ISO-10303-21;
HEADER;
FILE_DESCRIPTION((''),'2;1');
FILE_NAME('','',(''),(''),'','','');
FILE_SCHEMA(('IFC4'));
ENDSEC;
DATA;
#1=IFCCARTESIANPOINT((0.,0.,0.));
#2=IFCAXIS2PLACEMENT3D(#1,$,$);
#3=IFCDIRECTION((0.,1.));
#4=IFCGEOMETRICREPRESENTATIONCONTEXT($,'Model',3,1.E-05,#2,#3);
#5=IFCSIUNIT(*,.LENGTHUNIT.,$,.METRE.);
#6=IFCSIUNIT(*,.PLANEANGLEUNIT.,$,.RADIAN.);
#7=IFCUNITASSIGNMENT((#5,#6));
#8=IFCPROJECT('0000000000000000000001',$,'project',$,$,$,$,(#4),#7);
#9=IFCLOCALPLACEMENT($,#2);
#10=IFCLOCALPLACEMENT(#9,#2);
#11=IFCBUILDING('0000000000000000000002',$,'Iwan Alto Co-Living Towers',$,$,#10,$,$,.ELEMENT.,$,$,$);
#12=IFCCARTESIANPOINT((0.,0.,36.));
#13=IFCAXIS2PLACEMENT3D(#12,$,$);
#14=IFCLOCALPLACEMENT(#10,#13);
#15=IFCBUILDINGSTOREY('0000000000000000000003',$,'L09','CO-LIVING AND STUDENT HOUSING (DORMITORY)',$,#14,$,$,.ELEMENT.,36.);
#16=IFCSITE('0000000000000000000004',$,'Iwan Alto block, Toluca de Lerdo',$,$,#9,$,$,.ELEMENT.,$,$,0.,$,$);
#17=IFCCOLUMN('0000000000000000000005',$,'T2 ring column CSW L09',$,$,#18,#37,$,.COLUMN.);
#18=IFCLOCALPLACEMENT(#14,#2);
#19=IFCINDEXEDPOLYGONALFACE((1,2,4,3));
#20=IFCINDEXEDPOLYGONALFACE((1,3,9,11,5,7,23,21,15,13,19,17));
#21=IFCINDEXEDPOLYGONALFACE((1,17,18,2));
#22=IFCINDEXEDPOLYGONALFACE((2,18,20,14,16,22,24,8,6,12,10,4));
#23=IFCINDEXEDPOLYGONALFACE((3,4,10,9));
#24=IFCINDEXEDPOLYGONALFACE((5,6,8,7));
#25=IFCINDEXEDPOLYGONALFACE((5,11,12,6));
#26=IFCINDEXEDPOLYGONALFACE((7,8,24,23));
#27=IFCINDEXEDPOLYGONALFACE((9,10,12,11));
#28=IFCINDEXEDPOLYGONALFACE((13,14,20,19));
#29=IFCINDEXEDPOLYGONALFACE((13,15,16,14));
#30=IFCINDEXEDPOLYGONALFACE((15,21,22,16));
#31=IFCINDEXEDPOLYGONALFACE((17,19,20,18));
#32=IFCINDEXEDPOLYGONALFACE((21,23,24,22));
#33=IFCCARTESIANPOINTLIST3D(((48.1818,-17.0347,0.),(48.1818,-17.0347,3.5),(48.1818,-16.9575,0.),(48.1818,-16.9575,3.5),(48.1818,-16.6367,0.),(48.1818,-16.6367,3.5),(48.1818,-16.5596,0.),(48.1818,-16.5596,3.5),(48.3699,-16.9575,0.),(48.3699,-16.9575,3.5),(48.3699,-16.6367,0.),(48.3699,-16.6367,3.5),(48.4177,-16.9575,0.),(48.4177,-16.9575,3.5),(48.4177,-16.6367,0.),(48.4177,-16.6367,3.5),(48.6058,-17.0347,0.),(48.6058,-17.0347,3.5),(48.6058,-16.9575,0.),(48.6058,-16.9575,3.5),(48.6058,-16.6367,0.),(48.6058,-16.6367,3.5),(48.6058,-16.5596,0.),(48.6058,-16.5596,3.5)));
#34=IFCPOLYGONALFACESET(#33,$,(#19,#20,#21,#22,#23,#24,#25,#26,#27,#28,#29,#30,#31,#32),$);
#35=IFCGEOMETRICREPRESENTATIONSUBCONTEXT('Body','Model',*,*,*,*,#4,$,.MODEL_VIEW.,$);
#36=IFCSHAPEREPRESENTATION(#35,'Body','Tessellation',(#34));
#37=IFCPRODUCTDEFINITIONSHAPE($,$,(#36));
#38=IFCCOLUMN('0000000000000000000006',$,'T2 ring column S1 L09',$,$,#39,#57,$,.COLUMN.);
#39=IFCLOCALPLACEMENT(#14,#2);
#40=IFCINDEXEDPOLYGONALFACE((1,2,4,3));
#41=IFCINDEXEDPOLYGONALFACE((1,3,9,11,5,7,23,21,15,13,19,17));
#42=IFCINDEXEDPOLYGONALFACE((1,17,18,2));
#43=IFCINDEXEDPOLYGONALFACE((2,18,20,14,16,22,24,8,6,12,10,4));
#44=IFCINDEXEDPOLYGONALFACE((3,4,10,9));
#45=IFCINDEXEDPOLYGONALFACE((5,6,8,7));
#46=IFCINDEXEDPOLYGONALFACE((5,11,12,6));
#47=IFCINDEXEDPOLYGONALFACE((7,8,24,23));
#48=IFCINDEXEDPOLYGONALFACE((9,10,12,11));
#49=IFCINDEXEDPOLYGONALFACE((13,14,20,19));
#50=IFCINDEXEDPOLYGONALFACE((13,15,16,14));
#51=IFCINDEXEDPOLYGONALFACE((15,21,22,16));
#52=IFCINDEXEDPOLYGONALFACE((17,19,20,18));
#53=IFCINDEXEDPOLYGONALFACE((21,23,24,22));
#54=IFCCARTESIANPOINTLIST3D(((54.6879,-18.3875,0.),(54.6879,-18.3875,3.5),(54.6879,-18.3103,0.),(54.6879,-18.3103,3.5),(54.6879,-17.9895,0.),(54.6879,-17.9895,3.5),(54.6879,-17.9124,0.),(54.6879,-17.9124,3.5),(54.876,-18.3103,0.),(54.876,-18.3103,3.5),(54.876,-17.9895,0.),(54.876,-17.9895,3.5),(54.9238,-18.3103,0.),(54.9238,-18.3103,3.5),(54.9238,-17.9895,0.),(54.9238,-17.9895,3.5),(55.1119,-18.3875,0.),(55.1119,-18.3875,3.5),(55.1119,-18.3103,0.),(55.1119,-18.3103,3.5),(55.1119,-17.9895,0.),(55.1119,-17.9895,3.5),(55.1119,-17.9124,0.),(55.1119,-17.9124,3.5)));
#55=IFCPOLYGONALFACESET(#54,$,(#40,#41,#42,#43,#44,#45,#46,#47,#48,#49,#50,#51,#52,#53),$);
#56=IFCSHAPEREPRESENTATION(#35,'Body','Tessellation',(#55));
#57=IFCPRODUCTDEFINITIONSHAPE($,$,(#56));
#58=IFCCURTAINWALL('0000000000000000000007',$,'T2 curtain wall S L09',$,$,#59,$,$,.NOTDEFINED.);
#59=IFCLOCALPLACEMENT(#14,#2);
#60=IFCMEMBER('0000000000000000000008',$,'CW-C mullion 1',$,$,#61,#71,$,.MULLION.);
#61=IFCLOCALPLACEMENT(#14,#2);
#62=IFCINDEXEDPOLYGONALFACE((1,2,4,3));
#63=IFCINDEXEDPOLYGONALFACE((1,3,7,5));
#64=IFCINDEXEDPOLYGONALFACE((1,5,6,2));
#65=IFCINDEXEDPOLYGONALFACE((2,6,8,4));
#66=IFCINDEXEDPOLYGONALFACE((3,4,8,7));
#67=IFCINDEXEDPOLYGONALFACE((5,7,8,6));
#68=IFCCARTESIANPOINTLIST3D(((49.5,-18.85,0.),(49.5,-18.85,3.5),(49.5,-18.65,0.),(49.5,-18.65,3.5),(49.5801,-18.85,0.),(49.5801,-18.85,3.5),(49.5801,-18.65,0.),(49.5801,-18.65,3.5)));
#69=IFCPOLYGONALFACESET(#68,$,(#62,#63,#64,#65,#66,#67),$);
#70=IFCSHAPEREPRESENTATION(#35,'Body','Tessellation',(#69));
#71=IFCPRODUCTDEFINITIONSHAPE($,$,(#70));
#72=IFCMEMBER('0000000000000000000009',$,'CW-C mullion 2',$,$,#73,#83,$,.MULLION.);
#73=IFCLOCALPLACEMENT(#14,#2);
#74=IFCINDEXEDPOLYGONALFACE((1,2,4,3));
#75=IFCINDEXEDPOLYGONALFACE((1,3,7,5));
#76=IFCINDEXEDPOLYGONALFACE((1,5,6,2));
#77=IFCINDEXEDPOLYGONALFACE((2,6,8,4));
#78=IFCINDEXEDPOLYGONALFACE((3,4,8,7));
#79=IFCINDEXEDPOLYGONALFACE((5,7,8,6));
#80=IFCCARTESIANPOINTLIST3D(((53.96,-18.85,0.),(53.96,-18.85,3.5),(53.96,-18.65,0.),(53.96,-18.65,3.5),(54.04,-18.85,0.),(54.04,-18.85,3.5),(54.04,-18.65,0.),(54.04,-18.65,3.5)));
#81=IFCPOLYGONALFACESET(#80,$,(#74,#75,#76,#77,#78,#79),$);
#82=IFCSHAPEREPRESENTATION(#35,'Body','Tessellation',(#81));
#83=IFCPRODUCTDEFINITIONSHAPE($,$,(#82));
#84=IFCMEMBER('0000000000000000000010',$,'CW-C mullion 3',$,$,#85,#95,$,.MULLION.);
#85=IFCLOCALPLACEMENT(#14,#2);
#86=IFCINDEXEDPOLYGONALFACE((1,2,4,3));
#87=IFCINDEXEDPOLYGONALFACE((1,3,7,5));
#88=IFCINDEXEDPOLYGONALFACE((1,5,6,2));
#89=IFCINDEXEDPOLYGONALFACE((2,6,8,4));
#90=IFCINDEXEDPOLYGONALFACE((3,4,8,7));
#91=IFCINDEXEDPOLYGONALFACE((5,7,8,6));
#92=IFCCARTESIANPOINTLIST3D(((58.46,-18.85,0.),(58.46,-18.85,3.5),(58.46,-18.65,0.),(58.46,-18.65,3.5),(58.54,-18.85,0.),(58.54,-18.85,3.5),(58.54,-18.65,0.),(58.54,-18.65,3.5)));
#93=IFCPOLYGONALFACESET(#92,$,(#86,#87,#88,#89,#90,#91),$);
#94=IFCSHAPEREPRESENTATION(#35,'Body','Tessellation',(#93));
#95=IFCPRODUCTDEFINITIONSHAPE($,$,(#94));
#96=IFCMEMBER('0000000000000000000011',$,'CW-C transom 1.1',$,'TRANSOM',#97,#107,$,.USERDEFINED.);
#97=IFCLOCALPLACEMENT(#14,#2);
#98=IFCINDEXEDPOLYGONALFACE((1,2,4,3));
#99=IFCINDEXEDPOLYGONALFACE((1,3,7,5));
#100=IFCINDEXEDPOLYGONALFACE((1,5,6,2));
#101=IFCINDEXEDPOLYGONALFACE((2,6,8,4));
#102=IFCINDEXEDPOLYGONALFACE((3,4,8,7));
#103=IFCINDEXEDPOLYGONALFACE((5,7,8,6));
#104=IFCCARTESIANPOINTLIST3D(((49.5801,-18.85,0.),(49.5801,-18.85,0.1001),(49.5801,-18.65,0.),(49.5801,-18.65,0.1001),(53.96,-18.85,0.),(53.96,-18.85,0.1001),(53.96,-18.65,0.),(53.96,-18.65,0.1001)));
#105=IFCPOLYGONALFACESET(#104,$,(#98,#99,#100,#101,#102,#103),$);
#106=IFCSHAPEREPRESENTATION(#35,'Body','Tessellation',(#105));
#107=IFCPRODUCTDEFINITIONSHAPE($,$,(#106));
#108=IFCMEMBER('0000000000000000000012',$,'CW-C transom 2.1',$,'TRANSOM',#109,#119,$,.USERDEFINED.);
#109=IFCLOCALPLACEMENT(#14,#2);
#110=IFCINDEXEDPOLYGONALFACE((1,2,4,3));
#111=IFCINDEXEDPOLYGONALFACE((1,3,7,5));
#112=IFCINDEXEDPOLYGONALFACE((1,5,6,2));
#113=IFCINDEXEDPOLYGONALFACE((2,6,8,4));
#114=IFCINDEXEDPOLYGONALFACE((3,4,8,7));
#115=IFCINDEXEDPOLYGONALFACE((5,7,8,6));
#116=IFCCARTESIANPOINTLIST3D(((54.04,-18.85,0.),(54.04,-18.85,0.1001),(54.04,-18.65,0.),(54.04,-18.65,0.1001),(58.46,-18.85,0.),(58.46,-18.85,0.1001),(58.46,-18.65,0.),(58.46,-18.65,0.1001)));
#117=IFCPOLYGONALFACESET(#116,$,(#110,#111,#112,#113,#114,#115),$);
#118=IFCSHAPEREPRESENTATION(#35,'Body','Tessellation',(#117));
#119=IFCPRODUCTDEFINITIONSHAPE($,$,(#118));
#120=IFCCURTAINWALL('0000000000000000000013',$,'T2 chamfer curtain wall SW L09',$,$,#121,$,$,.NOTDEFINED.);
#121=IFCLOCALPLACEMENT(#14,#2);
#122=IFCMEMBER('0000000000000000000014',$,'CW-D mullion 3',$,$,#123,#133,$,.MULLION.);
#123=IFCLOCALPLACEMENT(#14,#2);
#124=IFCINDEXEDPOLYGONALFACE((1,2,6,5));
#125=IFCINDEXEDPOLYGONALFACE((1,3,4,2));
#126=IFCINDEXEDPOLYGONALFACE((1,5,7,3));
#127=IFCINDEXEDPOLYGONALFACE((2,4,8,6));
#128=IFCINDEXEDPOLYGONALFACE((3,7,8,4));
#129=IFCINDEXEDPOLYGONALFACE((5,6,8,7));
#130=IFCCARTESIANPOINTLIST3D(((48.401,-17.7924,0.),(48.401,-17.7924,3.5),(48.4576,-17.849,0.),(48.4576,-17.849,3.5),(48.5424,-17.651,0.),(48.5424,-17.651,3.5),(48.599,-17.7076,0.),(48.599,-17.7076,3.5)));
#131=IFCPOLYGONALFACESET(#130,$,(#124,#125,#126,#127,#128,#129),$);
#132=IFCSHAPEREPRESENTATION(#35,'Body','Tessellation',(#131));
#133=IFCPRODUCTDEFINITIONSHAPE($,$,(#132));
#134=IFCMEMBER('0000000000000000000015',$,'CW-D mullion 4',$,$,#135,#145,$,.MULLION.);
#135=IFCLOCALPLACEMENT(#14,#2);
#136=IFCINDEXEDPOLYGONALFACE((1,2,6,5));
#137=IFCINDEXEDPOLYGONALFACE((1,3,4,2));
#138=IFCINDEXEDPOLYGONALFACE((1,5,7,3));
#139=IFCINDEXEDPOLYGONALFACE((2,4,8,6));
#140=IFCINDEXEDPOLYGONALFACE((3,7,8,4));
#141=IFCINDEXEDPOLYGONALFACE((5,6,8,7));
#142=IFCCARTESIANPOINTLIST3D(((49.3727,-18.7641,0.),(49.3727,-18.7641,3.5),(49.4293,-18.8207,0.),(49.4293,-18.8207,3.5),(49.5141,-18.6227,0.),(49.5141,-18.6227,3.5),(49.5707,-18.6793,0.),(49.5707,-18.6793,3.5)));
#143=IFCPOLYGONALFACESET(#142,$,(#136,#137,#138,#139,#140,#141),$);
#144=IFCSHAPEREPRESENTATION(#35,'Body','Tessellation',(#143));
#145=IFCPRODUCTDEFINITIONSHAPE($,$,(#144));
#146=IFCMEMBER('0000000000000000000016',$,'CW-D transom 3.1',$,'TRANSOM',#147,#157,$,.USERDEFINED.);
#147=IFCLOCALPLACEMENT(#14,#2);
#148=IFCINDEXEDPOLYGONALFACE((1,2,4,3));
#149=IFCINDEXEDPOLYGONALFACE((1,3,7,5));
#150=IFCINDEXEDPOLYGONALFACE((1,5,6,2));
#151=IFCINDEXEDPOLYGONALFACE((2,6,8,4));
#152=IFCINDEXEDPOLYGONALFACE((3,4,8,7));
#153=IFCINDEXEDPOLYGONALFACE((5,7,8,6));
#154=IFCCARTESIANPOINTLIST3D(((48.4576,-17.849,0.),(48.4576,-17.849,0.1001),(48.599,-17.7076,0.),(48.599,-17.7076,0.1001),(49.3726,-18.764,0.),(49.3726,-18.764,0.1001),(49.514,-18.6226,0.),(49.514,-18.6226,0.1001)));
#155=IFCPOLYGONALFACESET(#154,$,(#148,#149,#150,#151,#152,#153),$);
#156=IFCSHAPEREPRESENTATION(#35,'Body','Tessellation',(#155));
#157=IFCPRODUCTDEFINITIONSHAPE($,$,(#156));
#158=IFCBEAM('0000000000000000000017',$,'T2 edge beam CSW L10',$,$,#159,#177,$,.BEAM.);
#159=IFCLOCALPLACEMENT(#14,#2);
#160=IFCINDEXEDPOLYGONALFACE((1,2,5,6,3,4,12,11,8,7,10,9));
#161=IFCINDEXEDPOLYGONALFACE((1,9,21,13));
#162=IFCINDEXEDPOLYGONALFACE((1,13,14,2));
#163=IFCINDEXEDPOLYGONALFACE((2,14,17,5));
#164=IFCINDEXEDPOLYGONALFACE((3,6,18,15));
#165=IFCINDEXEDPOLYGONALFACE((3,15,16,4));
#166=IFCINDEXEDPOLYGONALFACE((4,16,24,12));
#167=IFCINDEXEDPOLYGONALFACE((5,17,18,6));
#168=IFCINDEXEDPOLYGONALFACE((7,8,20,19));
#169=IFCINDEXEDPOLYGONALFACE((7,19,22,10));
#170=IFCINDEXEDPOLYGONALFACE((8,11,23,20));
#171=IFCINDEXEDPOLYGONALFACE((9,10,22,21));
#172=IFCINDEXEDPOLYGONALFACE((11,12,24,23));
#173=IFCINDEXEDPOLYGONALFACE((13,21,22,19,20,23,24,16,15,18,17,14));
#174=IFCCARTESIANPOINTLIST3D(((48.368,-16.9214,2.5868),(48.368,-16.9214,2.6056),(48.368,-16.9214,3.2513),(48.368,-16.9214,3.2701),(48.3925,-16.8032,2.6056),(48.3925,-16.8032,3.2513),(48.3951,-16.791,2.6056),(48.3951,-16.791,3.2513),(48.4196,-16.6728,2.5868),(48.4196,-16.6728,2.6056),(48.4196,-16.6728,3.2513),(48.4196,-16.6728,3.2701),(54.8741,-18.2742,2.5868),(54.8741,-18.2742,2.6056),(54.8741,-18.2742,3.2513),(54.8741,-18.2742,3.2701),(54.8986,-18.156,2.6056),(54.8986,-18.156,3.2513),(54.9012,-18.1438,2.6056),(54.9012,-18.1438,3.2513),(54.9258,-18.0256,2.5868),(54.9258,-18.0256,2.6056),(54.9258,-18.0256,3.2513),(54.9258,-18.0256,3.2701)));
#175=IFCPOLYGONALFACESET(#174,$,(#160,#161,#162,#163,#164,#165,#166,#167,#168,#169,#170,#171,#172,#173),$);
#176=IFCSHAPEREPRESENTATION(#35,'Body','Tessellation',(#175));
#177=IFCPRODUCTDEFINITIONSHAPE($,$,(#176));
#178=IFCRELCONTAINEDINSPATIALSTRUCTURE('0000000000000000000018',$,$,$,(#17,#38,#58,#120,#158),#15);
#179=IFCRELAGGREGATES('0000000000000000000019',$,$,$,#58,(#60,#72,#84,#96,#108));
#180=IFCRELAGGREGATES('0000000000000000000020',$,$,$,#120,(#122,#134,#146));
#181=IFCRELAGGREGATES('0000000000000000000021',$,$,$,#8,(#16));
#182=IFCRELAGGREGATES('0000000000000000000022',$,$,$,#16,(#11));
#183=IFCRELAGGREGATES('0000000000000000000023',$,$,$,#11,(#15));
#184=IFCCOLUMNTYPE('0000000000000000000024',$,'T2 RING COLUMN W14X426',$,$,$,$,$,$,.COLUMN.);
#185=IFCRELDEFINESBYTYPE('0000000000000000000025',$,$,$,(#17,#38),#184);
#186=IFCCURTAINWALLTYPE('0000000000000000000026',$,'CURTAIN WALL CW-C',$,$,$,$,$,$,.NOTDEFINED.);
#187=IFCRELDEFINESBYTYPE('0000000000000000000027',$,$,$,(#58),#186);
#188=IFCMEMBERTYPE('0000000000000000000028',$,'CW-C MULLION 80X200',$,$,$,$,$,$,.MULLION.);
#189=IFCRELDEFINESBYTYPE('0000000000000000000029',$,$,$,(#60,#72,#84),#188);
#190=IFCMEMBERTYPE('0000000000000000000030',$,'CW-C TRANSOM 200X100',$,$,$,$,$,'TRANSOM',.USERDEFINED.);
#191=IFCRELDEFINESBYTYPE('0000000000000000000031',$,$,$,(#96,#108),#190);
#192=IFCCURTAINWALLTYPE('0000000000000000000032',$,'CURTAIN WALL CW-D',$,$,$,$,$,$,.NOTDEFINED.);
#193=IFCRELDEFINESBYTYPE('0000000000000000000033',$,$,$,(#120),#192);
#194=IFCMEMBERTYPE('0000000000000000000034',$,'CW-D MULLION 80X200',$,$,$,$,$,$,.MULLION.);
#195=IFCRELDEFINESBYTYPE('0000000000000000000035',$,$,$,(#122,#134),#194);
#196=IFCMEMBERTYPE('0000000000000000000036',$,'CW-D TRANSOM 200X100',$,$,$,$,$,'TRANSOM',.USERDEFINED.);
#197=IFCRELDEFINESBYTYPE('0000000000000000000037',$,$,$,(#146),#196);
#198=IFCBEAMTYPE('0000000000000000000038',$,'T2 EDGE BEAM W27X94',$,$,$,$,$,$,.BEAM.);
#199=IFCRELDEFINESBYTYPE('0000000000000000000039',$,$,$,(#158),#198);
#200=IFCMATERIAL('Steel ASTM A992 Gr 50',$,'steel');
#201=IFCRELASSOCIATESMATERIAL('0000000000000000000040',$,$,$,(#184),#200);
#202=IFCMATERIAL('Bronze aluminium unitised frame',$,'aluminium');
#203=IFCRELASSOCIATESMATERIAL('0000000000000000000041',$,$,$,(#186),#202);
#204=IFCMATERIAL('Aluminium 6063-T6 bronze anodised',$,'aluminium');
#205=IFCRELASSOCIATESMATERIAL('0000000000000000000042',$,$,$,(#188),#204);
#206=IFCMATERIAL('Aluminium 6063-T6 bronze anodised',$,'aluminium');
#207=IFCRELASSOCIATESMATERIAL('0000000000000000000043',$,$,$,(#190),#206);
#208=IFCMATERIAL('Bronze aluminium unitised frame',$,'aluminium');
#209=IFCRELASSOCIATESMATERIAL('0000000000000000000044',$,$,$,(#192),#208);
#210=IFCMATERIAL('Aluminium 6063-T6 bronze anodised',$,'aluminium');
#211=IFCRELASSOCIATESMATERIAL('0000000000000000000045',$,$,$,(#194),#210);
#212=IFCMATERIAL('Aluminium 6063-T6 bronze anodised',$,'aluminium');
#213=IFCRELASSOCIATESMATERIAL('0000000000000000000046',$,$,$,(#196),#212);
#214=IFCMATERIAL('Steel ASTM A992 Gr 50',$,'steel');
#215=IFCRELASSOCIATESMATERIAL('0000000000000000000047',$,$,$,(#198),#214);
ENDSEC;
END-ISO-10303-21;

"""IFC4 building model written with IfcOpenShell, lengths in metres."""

from ifc_helpers import new_model, si_unit, direction, frame, origin, origin_2d, place, context, subcontext, project, spatial, rectangle, i_section, extrude, material, material_profile, profile_set, type_object, element, aggregate, save


model = new_model("IFC4")

# Units and contexts
model_context = context("Model", 3, precision=1e-05, world=origin(), true_north=direction((0.0, 1.0)))
body_context = subcontext(model_context, "Body", "Model", "MODEL_VIEW")
ifc_project = project(units=[si_unit("LENGTHUNIT", "METRE"), si_unit("PLANEANGLEUNIT", "RADIAN")], contexts=[model_context])

# Site, building, storey
site_placement = place(None, origin())
site = spatial("IfcSite", under=ifc_project, at=site_placement, Name="Iwan Alto block, Toluca de Lerdo", CompositionType="ELEMENT", RefElevation=0.0)
building_placement = place(site_placement, origin())
building = spatial("IfcBuilding", under=site, at=building_placement, Name="Iwan Alto Co-Living Towers", CompositionType="ELEMENT")
storey_placement = place(building_placement, frame((0.0, 0.0, 36.0)))
storey = spatial("IfcBuildingStorey", under=building, at=storey_placement, Name="L09", Description="CO-LIVING AND STUDENT HOUSING (DORMITORY)", CompositionType="ELEMENT", Elevation=36.0)

# Columns
ifc_material_1 = material(Name="Steel ASTM A992 Gr 50", Category="steel")
ifc_material_profile_1 = material_profile(ifc_material_1, i_section(OverallWidth=0.4241, OverallDepth=0.4751, WebThickness=0.0479, FlangeThickness=0.0771, at=origin_2d()), Name="W14X426")
ifc_profile_set_1 = profile_set([ifc_material_profile_1], Name="Steel ASTM A992 Gr 50")
column_type = type_object("IfcColumnType", Name="T2 RING COLUMN W14X426", PredefinedType="COLUMN", material=ifc_profile_set_1)
for number, where, z_axis, x_axis, name in (
    (1, (48.3938, -16.7971, 0.0), (0.0, 0.0, 1.0), (1.0, 0.0, 0.0), "T2 ring column CSW L09"),
    (2, (54.8999, -18.1499, 0.0), (0.0, 0.0, 1.0), (1.0, 0.0, 0.0), "T2 ring column S1 L09"),
):
    element("IfcColumn", number, at=place(storey_placement, frame(where, z_axis=z_axis, x_axis=x_axis)), inside=storey, type_object=column_type, Name=name, PredefinedType="COLUMN", context=body_context, shape_type="SweptSolid", body=[
        extrude(i_section(OverallWidth=0.4241, OverallDepth=0.4751, WebThickness=0.0479, FlangeThickness=0.0771, at=origin_2d()), origin(), (0.0, 0.0, 1.0), 3.5),
    ])

# Curtain walls, members
ifc_material_2 = material(Name="Bronze aluminium unitised frame", Category="aluminium")
curtain_wall_type_1 = type_object("IfcCurtainWallType", Name="CURTAIN WALL CW-C", PredefinedType="NOTDEFINED", material=ifc_material_2)
curtain_wall_1_placement = place(storey_placement, origin())
curtain_wall_1 = element("IfcCurtainWall", 3, at=curtain_wall_1_placement, inside=storey, type_object=curtain_wall_type_1, Name="T2 curtain wall S L09", PredefinedType="NOTDEFINED")
ifc_material_3 = material(Name="Aluminium 6063-T6 bronze anodised", Category="aluminium")
ifc_material_profile_2 = material_profile(ifc_material_3, rectangle(XDim=0.2, YDim=0.0801, at=origin_2d()), Name="AL 80X200")
ifc_profile_set_2 = profile_set([ifc_material_profile_2], Name="Aluminium 6063-T6 bronze anodised")
member_type_1 = type_object("IfcMemberType", Name="CW-C MULLION 80X200", PredefinedType="MULLION", material=ifc_profile_set_2)
member_1_placement = place(storey_placement, frame((49.54, -18.75, 0.0), z_axis=(0.0, 0.0, 1.0), x_axis=(0.0, 1.0, 0.0)))
member_1 = element("IfcMember", 4, at=member_1_placement, type_object=member_type_1, Name="CW-C mullion 1", PredefinedType="MULLION", context=body_context, shape_type="SweptSolid", body=[
    extrude(rectangle(XDim=0.2, YDim=0.0801, at=origin_2d()), origin(), (0.0, 0.0, 1.0), 3.5),
])
member_2_placement = place(storey_placement, frame((54.0, -18.75, 0.0), z_axis=(0.0, 0.0, 1.0), x_axis=(0.0, 1.0, 0.0)))
member_2 = element("IfcMember", 5, at=member_2_placement, type_object=member_type_1, Name="CW-C mullion 2", PredefinedType="MULLION", context=body_context, shape_type="SweptSolid", body=[
    extrude(rectangle(XDim=0.2, YDim=0.0801, at=origin_2d()), origin(), (0.0, 0.0, 1.0), 3.5),
])
member_3_placement = place(storey_placement, frame((58.5, -18.75, 0.0), z_axis=(0.0, 0.0, 1.0), x_axis=(0.0, 1.0, 0.0)))
member_3 = element("IfcMember", 6, at=member_3_placement, type_object=member_type_1, Name="CW-C mullion 3", PredefinedType="MULLION", context=body_context, shape_type="SweptSolid", body=[
    extrude(rectangle(XDim=0.2, YDim=0.0801, at=origin_2d()), origin(), (0.0, 0.0, 1.0), 3.5),
])
ifc_material_4 = material(Name="Aluminium 6063-T6 bronze anodised", Category="aluminium")
ifc_material_profile_3 = material_profile(ifc_material_4, rectangle(XDim=0.2, YDim=0.1001, at=origin_2d()), Name="AL 200X100")
ifc_profile_set_3 = profile_set([ifc_material_profile_3], Name="Aluminium 6063-T6 bronze anodised")
member_type_2 = type_object("IfcMemberType", Name="CW-C TRANSOM 200X100", ElementType="TRANSOM", PredefinedType="USERDEFINED", material=ifc_profile_set_3)
member_4_placement = place(storey_placement, frame((49.5801, -18.75, 0.05), z_axis=(1.0, 0.0, 0.0), x_axis=(0.0, 1.0, 0.0)))
member_4 = element("IfcMember", 7, at=member_4_placement, type_object=member_type_2, Name="CW-C transom 1.1", ObjectType="TRANSOM", PredefinedType="USERDEFINED", context=body_context, shape_type="SweptSolid", body=[
    extrude(rectangle(XDim=0.2, YDim=0.1001, at=origin_2d()), origin(), (0.0, 0.0, 1.0), 4.3799),
])
member_5_placement = place(storey_placement, frame((54.04, -18.75, 0.05), z_axis=(1.0, 0.0, 0.0), x_axis=(0.0, 1.0, 0.0)))
member_5 = element("IfcMember", 8, at=member_5_placement, type_object=member_type_2, Name="CW-C transom 2.1", ObjectType="TRANSOM", PredefinedType="USERDEFINED", context=body_context, shape_type="SweptSolid", body=[
    extrude(rectangle(XDim=0.2, YDim=0.1001, at=origin_2d()), origin(), (0.0, 0.0, 1.0), 4.4199),
])
ifc_material_5 = material(Name="Bronze aluminium unitised frame", Category="aluminium")
curtain_wall_type_2 = type_object("IfcCurtainWallType", Name="CURTAIN WALL CW-D", PredefinedType="NOTDEFINED", material=ifc_material_5)
curtain_wall_2_placement = place(storey_placement, origin())
curtain_wall_2 = element("IfcCurtainWall", 9, at=curtain_wall_2_placement, inside=storey, type_object=curtain_wall_type_2, Name="T2 chamfer curtain wall SW L09", PredefinedType="NOTDEFINED")
ifc_material_6 = material(Name="Aluminium 6063-T6 bronze anodised", Category="aluminium")
ifc_material_profile_4 = material_profile(ifc_material_6, rectangle(XDim=0.2, YDim=0.0801, at=origin_2d()), Name="AL 80X200")
ifc_profile_set_4 = profile_set([ifc_material_profile_4], Name="Aluminium 6063-T6 bronze anodised")
member_type_3 = type_object("IfcMemberType", Name="CW-D MULLION 80X200", PredefinedType="MULLION", material=ifc_profile_set_4)
member_6_placement = place(storey_placement, frame((48.5, -17.75, 0.0), z_axis=(0.0, 0.0, 1.0), x_axis=(0.707107, 0.707107, 0.0)))
member_6 = element("IfcMember", 10, at=member_6_placement, type_object=member_type_3, Name="CW-D mullion 3", PredefinedType="MULLION", context=body_context, shape_type="SweptSolid", body=[
    extrude(rectangle(XDim=0.2, YDim=0.0801, at=origin_2d()), origin(), (0.0, 0.0, 1.0), 3.5),
])
member_7_placement = place(storey_placement, frame((49.4717, -18.7217, 0.0), z_axis=(0.0, 0.0, 1.0), x_axis=(0.707107, 0.707107, 0.0)))
member_7 = element("IfcMember", 11, at=member_7_placement, type_object=member_type_3, Name="CW-D mullion 4", PredefinedType="MULLION", context=body_context, shape_type="SweptSolid", body=[
    extrude(rectangle(XDim=0.2, YDim=0.0801, at=origin_2d()), origin(), (0.0, 0.0, 1.0), 3.5),
])
ifc_material_7 = material(Name="Aluminium 6063-T6 bronze anodised", Category="aluminium")
ifc_material_profile_5 = material_profile(ifc_material_7, rectangle(XDim=0.2, YDim=0.1001, at=origin_2d()), Name="AL 200X100")
ifc_profile_set_5 = profile_set([ifc_material_profile_5], Name="Aluminium 6063-T6 bronze anodised")
member_type_4 = type_object("IfcMemberType", Name="CW-D TRANSOM 200X100", ElementType="TRANSOM", PredefinedType="USERDEFINED", material=ifc_profile_set_5)
member_8_placement = place(storey_placement, frame((48.5283, -17.7783, 0.05), z_axis=(0.707107, -0.707107, 0.0), x_axis=(0.707107, 0.707107, 0.0)))
member_8 = element("IfcMember", 12, at=member_8_placement, type_object=member_type_4, Name="CW-D transom 3.1", ObjectType="TRANSOM", PredefinedType="USERDEFINED", context=body_context, shape_type="SweptSolid", body=[
    extrude(rectangle(XDim=0.2, YDim=0.1001, at=origin_2d()), origin(), (0.0, 0.0, 1.0), 1.2939),
])

# Beam
ifc_material_8 = material(Name="Steel ASTM A992 Gr 50", Category="steel")
ifc_material_profile_6 = material_profile(ifc_material_8, i_section(OverallWidth=0.2539, OverallDepth=0.6833, WebThickness=0.0125, FlangeThickness=0.0188, at=origin_2d()), Name="W27X94")
ifc_profile_set_6 = profile_set([ifc_material_profile_6], Name="Steel ASTM A992 Gr 50")
beam_type_1 = type_object("IfcBeamType", Name="T2 EDGE BEAM W27X94", PredefinedType="BEAM", material=ifc_profile_set_6)
beam_1_placement = place(storey_placement, frame((48.3938, -16.7971, 2.9285), z_axis=(0.97906, -0.203571, 0.0), x_axis=(0.203571, 0.97906, 0.0)))
element("IfcBeam", 13, at=beam_1_placement, inside=storey, type_object=beam_type_1, Name="T2 edge beam CSW L10", PredefinedType="BEAM", context=body_context, shape_type="SweptSolid", body=[
    extrude(i_section(OverallWidth=0.2539, OverallDepth=0.6833, WebThickness=0.0125, FlangeThickness=0.0188, at=origin_2d()), origin(), (0.0, 0.0, 1.0), 6.6453),
])

aggregate(curtain_wall_1, [member_1, member_2, member_3, member_4, member_5])
aggregate(curtain_wall_2, [member_6, member_7, member_8])

save(model, "model.ifc")
